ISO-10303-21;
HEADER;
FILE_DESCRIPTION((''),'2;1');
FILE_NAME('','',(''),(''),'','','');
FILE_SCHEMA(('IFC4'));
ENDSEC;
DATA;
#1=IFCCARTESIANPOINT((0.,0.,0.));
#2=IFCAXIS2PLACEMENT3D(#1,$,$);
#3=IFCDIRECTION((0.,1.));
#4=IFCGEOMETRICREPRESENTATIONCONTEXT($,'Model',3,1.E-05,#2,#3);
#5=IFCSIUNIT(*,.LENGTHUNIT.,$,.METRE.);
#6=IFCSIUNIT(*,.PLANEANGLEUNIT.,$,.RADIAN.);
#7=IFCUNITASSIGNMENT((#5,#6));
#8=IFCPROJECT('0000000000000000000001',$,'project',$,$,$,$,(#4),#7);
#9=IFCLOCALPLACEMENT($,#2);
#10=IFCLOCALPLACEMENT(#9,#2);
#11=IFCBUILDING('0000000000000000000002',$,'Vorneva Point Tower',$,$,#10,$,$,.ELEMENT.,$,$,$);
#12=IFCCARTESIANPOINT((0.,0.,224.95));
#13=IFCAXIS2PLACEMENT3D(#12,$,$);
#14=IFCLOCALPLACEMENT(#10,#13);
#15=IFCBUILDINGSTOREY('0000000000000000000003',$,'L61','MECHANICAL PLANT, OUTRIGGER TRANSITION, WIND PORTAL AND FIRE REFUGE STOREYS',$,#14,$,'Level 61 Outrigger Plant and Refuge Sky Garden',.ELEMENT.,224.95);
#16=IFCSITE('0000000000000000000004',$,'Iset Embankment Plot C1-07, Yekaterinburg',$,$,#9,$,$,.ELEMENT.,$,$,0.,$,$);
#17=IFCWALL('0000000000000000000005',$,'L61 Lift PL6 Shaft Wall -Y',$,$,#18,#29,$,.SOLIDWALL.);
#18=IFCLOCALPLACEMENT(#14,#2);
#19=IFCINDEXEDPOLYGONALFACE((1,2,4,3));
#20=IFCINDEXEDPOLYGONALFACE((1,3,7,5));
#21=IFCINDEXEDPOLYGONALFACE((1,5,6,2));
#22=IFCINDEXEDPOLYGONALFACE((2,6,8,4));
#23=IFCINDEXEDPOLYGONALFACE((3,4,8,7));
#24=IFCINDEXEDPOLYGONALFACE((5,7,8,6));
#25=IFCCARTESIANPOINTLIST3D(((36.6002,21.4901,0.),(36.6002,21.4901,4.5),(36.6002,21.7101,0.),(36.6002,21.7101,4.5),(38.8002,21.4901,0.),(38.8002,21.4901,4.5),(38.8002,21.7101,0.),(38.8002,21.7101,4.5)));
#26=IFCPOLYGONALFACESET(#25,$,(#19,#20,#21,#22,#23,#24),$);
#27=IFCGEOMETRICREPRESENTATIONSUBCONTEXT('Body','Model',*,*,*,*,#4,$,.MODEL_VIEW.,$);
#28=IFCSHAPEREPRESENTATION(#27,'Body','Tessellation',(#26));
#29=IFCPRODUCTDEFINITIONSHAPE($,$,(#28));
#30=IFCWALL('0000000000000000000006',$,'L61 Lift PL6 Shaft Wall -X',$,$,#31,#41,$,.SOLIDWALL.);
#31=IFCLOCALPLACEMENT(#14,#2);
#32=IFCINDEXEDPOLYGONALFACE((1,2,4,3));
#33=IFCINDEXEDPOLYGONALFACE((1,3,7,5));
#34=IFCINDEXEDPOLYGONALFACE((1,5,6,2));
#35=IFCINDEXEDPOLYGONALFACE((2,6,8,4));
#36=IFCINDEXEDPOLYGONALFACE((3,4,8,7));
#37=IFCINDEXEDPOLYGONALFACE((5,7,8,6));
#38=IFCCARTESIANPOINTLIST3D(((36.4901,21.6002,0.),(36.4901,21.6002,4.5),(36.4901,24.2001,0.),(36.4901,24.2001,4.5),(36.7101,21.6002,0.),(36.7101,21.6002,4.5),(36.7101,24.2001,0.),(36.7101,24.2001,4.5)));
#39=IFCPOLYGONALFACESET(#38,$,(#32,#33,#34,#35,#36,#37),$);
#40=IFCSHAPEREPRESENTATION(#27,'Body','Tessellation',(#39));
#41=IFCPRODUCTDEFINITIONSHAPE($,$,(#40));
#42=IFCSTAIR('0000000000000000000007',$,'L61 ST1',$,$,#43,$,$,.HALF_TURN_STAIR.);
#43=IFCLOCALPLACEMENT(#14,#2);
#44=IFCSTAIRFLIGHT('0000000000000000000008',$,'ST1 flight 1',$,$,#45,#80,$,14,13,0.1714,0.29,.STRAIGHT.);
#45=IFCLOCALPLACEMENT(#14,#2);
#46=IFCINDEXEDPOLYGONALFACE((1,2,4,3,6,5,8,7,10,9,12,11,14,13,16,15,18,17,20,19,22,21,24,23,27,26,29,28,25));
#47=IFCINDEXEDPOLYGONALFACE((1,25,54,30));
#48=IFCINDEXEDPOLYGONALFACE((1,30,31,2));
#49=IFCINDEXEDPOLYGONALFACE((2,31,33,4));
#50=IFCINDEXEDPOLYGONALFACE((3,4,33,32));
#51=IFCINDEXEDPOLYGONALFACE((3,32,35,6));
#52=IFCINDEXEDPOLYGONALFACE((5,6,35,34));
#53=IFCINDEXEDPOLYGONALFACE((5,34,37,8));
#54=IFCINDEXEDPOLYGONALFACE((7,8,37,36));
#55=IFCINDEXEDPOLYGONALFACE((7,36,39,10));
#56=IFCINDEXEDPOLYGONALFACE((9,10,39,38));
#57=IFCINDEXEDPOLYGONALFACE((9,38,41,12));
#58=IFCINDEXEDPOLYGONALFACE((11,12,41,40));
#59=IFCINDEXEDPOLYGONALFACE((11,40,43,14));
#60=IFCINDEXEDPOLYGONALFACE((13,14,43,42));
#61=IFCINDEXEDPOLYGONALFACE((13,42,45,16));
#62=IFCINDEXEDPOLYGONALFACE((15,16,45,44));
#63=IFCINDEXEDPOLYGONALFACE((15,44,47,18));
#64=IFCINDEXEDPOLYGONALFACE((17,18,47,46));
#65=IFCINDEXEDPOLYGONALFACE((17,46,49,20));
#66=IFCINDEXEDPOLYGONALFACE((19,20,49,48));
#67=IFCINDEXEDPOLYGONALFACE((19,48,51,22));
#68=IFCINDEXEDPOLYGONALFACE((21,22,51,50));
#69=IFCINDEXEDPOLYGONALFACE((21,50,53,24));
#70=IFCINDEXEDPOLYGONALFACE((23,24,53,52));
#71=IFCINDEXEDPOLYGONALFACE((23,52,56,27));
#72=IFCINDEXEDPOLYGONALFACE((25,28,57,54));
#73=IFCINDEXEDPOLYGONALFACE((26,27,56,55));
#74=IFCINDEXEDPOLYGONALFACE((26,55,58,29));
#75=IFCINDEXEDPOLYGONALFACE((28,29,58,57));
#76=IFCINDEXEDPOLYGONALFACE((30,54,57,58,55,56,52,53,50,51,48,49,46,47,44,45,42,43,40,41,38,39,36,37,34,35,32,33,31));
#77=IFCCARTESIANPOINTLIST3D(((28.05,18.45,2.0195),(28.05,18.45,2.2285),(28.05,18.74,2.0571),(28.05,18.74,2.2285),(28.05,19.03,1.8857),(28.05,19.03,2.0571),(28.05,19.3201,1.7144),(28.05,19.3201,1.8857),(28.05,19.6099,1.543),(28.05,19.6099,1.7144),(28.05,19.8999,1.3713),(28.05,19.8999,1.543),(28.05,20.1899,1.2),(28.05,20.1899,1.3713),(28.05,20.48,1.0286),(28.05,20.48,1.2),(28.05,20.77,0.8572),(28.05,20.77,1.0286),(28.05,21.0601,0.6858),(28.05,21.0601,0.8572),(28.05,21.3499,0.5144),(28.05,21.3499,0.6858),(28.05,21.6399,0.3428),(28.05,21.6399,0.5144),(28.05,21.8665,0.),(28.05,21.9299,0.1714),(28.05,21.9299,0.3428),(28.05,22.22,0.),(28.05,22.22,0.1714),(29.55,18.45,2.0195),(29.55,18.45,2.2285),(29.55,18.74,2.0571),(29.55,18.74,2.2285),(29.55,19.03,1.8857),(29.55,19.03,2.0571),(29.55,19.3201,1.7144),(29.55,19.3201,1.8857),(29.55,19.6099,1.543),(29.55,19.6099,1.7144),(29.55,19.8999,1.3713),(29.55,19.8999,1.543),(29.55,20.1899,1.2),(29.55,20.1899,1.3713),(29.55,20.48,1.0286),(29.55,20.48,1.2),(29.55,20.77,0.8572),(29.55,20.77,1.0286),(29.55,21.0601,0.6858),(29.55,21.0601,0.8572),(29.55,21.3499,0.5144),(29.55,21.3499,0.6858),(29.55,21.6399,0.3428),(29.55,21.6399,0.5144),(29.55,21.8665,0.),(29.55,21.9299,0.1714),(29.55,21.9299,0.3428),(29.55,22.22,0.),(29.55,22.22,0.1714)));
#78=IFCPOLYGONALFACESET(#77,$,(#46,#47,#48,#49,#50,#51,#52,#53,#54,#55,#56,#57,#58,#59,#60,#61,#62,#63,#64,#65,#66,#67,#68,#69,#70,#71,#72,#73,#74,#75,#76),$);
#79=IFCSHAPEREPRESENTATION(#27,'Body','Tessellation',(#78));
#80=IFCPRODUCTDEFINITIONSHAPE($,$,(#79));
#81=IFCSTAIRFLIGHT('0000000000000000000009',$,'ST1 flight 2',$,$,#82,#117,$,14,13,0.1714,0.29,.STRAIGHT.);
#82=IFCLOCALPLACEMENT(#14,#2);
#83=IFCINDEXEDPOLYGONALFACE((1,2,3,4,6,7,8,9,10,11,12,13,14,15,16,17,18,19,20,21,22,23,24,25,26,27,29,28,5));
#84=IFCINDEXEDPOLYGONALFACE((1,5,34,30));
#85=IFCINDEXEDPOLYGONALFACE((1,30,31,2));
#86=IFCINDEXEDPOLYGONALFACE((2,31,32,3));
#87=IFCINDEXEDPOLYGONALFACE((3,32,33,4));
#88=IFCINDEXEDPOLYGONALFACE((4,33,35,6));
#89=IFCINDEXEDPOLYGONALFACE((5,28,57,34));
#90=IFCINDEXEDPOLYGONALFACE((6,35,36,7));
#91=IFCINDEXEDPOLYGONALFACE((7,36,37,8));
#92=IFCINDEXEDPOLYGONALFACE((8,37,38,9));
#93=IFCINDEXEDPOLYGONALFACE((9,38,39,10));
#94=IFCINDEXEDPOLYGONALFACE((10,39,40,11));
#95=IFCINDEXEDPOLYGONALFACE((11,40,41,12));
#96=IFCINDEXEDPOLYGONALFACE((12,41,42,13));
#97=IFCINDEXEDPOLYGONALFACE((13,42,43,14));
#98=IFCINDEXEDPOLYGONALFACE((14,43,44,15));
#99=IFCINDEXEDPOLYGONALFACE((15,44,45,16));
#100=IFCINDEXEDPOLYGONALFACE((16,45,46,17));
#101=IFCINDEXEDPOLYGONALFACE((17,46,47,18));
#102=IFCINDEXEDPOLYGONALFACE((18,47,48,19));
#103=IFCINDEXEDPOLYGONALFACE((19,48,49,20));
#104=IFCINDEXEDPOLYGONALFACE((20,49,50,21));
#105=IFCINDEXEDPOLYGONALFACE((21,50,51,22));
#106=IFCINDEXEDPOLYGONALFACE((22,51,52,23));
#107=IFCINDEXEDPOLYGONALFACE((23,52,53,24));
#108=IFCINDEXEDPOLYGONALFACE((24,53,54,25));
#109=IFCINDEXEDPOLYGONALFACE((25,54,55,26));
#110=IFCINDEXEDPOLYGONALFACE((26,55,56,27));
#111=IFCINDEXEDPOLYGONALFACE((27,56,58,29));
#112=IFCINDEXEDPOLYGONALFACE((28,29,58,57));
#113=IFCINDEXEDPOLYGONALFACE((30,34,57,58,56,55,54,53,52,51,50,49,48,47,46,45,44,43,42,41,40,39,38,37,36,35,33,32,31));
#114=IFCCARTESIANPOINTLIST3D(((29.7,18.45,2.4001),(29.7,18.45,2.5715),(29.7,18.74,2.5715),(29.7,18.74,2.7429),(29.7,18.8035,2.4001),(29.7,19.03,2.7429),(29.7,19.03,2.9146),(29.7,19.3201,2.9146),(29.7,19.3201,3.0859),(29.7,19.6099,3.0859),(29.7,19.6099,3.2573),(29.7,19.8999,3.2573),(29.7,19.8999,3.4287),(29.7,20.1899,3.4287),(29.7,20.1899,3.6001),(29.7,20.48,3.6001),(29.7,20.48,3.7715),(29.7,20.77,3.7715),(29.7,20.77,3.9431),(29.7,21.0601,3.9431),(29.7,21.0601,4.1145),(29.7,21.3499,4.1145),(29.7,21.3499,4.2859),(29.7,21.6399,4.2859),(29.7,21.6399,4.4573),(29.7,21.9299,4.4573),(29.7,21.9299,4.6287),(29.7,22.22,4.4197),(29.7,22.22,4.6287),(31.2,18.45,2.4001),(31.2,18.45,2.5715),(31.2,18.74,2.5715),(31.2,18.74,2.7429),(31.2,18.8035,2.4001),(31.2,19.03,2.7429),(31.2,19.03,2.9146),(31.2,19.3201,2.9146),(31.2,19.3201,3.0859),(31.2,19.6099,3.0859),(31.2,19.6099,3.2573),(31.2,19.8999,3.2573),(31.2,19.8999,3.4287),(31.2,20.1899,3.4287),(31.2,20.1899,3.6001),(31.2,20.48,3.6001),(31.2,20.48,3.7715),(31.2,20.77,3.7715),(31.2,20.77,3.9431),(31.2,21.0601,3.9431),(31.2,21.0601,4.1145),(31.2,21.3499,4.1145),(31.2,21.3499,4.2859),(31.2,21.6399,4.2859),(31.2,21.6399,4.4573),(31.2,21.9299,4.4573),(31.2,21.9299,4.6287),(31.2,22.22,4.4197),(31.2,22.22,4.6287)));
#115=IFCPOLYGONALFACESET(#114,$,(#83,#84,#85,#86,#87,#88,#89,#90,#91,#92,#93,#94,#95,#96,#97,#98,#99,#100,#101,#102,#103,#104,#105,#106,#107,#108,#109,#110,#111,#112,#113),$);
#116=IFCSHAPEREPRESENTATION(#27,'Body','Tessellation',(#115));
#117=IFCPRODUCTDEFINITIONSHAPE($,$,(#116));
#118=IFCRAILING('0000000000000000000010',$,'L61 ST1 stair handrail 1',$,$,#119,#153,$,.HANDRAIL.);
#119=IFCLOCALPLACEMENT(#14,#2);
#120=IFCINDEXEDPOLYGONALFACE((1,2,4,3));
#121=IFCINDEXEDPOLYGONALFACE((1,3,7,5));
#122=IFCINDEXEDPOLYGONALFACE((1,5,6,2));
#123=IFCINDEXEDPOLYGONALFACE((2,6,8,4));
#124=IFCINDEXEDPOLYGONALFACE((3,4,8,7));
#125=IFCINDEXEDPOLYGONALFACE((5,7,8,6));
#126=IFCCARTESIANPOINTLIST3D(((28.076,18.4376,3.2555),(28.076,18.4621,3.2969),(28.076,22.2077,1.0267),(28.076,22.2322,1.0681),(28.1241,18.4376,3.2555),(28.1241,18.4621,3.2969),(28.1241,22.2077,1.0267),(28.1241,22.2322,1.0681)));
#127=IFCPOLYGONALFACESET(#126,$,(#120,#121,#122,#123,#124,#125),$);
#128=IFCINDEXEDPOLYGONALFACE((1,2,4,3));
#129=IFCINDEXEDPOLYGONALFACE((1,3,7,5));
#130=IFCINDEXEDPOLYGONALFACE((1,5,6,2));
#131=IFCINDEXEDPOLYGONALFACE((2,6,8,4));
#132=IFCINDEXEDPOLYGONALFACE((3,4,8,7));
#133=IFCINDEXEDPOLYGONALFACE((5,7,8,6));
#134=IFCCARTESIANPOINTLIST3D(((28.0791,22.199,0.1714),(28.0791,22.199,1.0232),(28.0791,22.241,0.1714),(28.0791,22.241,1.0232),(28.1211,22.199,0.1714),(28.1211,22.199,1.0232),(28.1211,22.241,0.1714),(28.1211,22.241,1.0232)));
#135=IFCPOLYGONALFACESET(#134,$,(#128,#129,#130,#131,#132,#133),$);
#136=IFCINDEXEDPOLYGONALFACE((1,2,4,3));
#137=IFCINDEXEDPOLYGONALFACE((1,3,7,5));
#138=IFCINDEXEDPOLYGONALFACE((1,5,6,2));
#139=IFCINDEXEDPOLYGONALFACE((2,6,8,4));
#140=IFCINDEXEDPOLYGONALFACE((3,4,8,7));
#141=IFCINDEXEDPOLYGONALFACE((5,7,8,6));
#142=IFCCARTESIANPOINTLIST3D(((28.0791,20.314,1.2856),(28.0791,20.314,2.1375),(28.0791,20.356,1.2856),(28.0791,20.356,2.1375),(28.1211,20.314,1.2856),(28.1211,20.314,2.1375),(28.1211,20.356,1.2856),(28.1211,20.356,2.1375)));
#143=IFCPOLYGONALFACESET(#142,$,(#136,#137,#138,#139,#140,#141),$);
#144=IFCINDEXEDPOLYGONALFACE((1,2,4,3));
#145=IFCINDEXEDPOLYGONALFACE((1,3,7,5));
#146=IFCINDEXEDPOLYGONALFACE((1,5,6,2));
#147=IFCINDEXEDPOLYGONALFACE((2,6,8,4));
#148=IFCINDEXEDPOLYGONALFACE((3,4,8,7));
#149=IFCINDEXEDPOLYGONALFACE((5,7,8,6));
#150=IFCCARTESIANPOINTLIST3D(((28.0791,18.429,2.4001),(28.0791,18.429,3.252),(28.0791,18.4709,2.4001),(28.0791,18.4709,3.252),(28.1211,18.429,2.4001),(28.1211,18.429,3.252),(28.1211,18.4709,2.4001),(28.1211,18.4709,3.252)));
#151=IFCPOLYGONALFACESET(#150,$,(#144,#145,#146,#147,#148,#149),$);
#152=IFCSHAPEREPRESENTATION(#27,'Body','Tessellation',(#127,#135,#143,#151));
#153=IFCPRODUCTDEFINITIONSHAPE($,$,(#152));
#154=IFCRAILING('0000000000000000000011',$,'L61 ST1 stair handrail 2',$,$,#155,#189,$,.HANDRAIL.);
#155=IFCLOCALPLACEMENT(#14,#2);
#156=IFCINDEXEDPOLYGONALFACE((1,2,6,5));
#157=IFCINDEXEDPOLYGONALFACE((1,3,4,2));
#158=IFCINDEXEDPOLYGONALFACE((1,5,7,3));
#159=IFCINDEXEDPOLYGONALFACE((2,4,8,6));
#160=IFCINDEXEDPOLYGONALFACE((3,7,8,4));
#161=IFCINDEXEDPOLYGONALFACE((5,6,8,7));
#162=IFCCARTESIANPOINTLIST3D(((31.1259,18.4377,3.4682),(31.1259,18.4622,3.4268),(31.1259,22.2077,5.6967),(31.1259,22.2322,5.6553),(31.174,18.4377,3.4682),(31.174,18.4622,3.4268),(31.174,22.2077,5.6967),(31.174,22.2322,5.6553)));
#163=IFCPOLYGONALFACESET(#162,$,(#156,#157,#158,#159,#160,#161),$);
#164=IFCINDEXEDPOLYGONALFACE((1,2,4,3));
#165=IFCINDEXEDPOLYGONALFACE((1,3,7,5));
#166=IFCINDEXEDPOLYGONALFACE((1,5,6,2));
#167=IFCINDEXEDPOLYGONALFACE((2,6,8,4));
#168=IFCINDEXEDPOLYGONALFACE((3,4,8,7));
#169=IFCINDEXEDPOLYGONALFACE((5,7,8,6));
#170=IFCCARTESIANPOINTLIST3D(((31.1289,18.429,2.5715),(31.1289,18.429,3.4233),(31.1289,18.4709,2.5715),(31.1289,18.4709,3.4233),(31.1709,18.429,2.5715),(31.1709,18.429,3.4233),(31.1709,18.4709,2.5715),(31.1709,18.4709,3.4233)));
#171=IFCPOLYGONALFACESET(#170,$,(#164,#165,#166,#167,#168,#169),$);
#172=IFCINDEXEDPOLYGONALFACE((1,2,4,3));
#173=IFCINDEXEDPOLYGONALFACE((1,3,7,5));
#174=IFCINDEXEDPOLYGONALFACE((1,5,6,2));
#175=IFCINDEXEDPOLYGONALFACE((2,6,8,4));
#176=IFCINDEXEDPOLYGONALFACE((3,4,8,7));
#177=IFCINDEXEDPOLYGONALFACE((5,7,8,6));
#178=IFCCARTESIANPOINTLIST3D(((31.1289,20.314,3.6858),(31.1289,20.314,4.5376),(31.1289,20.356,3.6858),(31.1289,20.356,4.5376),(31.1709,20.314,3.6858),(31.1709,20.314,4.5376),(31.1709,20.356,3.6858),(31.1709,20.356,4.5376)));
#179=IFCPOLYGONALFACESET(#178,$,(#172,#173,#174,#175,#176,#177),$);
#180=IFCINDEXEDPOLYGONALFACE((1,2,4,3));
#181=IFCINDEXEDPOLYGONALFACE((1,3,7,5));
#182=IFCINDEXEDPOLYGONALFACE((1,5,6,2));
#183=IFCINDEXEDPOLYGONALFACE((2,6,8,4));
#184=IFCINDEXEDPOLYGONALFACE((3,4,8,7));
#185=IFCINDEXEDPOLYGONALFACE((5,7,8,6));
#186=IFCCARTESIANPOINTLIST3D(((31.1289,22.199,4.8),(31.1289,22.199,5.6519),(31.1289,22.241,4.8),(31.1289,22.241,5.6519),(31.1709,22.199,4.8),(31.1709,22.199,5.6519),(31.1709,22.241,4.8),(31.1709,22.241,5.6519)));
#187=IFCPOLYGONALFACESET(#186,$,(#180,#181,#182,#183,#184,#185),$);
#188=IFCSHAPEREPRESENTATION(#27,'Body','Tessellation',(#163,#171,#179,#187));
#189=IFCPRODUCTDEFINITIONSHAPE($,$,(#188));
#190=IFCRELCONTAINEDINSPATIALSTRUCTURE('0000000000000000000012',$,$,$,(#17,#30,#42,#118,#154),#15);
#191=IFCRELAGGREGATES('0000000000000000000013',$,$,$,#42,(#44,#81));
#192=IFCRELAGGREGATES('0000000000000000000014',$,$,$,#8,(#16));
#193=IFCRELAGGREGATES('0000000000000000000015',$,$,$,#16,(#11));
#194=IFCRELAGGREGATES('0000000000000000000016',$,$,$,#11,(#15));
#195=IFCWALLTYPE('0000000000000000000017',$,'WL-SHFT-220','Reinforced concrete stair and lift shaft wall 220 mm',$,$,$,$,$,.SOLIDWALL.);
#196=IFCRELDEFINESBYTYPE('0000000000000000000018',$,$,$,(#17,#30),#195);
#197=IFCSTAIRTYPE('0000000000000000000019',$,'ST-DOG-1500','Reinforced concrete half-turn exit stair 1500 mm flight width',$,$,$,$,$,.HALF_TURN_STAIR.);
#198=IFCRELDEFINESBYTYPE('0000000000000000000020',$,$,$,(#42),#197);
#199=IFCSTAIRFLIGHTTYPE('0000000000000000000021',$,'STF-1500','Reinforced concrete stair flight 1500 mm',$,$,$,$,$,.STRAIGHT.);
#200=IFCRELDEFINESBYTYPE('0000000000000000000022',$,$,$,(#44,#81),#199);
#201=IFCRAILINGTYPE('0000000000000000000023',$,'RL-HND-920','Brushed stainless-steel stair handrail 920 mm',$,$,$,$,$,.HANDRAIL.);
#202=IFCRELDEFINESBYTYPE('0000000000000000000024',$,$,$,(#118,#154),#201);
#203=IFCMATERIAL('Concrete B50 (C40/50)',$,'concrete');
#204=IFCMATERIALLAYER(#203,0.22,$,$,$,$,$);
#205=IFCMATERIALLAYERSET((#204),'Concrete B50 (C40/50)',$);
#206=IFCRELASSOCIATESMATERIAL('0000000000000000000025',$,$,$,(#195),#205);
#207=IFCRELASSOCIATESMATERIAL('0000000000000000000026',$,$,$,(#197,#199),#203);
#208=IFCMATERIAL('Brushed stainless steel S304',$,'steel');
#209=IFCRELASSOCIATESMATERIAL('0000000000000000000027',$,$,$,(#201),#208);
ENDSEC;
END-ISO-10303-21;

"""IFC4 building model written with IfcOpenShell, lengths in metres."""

from ifc_helpers import new_model, si_unit, direction, frame, frame_2d, origin, origin_2d, place, context, subcontext, project, spatial, polyline, rectangle, outline, extrude, material, layer, layer_set, type_object, element, aggregate, save


model = new_model("IFC4")

# Units and contexts
model_context = context("Model", 3, precision=1e-05, world=origin(), true_north=direction((0.0, 1.0)))
body_context = subcontext(model_context, "Body", "Model", "MODEL_VIEW")
ifc_project = project(units=[si_unit("LENGTHUNIT", "METRE"), si_unit("PLANEANGLEUNIT", "RADIAN")], contexts=[model_context])

# Site, building, storey
site_placement = place(None, origin())
site = spatial("IfcSite", under=ifc_project, at=site_placement, Name="Iset Embankment Plot C1-07, Yekaterinburg", CompositionType="ELEMENT", RefElevation=0.0)
building_placement = place(site_placement, origin())
building = spatial("IfcBuilding", under=site, at=building_placement, Name="Vorneva Point Tower", CompositionType="ELEMENT")
storey_placement = place(building_placement, frame((0.0, 0.0, 224.95)))
storey = spatial("IfcBuildingStorey", under=building, at=storey_placement, Name="L61", Description="MECHANICAL PLANT, OUTRIGGER TRANSITION, WIND PORTAL AND FIRE REFUGE STOREYS", LongName="Level 61 Outrigger Plant and Refuge Sky Garden", CompositionType="ELEMENT", Elevation=224.95)

# Shared definitions
ifc_material_1 = material(Name="Concrete B50 (C40/50)", Category="concrete")

# Shared definitions
ifc_layer_1 = layer(ifc_material_1, 0.22)
ifc_layer_set_1 = layer_set([ifc_layer_1], Name="Concrete B50 (C40/50)")
wall_type_1 = type_object("IfcWallType", Name="WL-SHFT-220", Description="Reinforced concrete stair and lift shaft wall 220 mm", PredefinedType="SOLIDWALL", material=ifc_layer_set_1)

# Walls
wall_1_placement = place(storey_placement, frame((36.6001, 21.6001, 0.0), z_axis=(0.0, 0.0, 1.0), x_axis=(1.0, 0.0, 0.0)))
element("IfcWall", 1, at=wall_1_placement, inside=storey, type_object=wall_type_1, Name="L61 Lift PL6 Shaft Wall -Y", PredefinedType="SOLIDWALL", context=body_context, shape_type="SweptSolid", body=[
    extrude(rectangle(XDim=2.2, YDim=0.22, at=frame_2d((1.1001, 0.0))), origin(), (0.0, 0.0, 1.0), 4.5),
])
wall_2_placement = place(storey_placement, frame((36.6001, 24.2, 0.0), z_axis=(0.0, 0.0, 1.0), x_axis=(0.0, -1.0, 0.0)))
element("IfcWall", 2, at=wall_2_placement, inside=storey, type_object=wall_type_1, Name="L61 Lift PL6 Shaft Wall -X", PredefinedType="SOLIDWALL", context=body_context, shape_type="SweptSolid", body=[
    extrude(rectangle(XDim=2.5999, YDim=0.22, at=frame_2d((1.2998, 0.0))), origin(), (0.0, 0.0, 1.0), 4.5),
])

# Stair, stair flights
stair_type = type_object("IfcStairType", Name="ST-DOG-1500", Description="Reinforced concrete half-turn exit stair 1500 mm flight width", PredefinedType="HALF_TURN_STAIR", material=ifc_material_1)
stair_placement = place(storey_placement, origin())
stair = element("IfcStair", 3, at=stair_placement, inside=storey, type_object=stair_type, Name="L61 ST1", PredefinedType="HALF_TURN_STAIR")
stair_flight_type = type_object("IfcStairFlightType", Name="STF-1500", Description="Reinforced concrete stair flight 1500 mm", PredefinedType="STRAIGHT", material=ifc_material_1)
stair_flight_1_placement = place(storey_placement, frame((28.8, 22.22, 0.0), z_axis=(0.0, 0.0, 1.0), x_axis=(0.0, -1.0, 0.0)))
stair_flight_1 = element("IfcStairFlight", 4, at=stair_flight_1_placement, type_object=stair_flight_type, Name="ST1 flight 1", NumberOfRisers=14, NumberOfTreads=13, PredefinedType="STRAIGHT", RiserHeight=0.1714, TreadLength=0.29, context=body_context, shape_type="SweptSolid", body=[
    extrude(outline(polyline([(0.0, 0.0), (0.0, 0.1714), (0.29, 0.1714), (0.29, 0.3428), (0.5801, 0.3428), (0.5801, 0.5144), (0.8701, 0.5144), (0.8701, 0.6858), (1.1599, 0.6858), (1.1599, 0.8572), (1.45, 0.8572), (1.45, 1.0286), (1.74, 1.0286), (1.74, 1.2), (2.03, 1.2), (2.03, 1.3713), (2.3201, 1.3713), (2.3201, 1.543), (2.6101, 1.543), (2.6101, 1.7144), (2.8999, 1.7144), (2.8999, 1.8857), (3.1899, 1.8857), (3.1899, 2.0571), (3.48, 2.0571), (3.48, 2.2285), (3.77, 2.2285), (3.77, 2.3999), (3.77, 2.0195), (0.3535, 0.0), (0.0, 0.0)])), frame((0.0, 0.75, 0.0), z_axis=(0.0, -1.0, 0.0), x_axis=(1.0, 0.0, 0.0)), (0.0, 0.0, 1.0), 1.5),
])
stair_flight_2_placement = place(storey_placement, frame((30.45, 18.45, 2.4001), z_axis=(0.0, 0.0, 1.0), x_axis=(0.0, 1.0, 0.0)))
stair_flight_2 = element("IfcStairFlight", 5, at=stair_flight_2_placement, type_object=stair_flight_type, Name="ST1 flight 2", NumberOfRisers=14, NumberOfTreads=13, PredefinedType="STRAIGHT", RiserHeight=0.1714, TreadLength=0.29, context=body_context, shape_type="SweptSolid", body=[
    extrude(outline(polyline([(0.0, 0.0), (0.0, 0.1714), (0.29, 0.1714), (0.29, 0.3428), (0.5801, 0.3428), (0.5801, 0.5144), (0.8701, 0.5144), (0.8701, 0.6858), (1.1599, 0.6858), (1.1599, 0.8572), (1.45, 0.8572), (1.45, 1.0286), (1.74, 1.0286), (1.74, 1.2), (2.03, 1.2), (2.03, 1.3713), (2.3201, 1.3713), (2.3201, 1.543), (2.6101, 1.543), (2.6101, 1.7144), (2.8999, 1.7144), (2.8999, 1.8857), (3.1899, 1.8857), (3.1899, 2.0571), (3.48, 2.0571), (3.48, 2.2285), (3.77, 2.2285), (3.77, 2.3999), (3.77, 2.0195), (0.3535, 0.0), (0.0, 0.0)])), frame((0.0, 0.75, 0.0), z_axis=(0.0, -1.0, 0.0), x_axis=(1.0, 0.0, 0.0)), (0.0, 0.0, 1.0), 1.5),
])
aggregate(stair, [stair_flight_1, stair_flight_2])

# Railings
ifc_material_2 = material(Name="Brushed stainless steel S304", Category="steel")
railing_type_1 = type_object("IfcRailingType", Name="RL-HND-920", Description="Brushed stainless-steel stair handrail 920 mm", PredefinedType="HANDRAIL", material=ifc_material_2)
railing_1_placement = place(storey_placement, frame((28.1001, 22.22, 0.1714)))
element("IfcRailing", 6, at=railing_1_placement, inside=storey, type_object=railing_type_1, Name="L61 ST1 stair handrail 1", PredefinedType="HANDRAIL", context=body_context, shape_type="SweptSolid", body=[
    extrude(rectangle(XDim=0.0481, YDim=0.0481, at=origin_2d()), frame((0.0, 0.0, 0.876), z_axis=(0.0, -0.860824, 0.508902), x_axis=(1.0, 0.0, 0.0)), (0.0, 0.0, 1.0), 4.3796),
    extrude(rectangle(XDim=0.042, YDim=0.042, at=origin_2d()), origin(), (0.0, 0.0, 1.0), 0.8518),
    extrude(rectangle(XDim=0.042, YDim=0.042, at=origin_2d()), frame((0.0, -1.885, 1.1143)), (0.0, 0.0, 1.0), 0.8518),
    extrude(rectangle(XDim=0.042, YDim=0.042, at=origin_2d()), frame((0.0, -3.77, 2.2288)), (0.0, 0.0, 1.0), 0.8518),
])
railing_2_placement = place(storey_placement, frame((31.1499, 18.45, 2.5715)))
element("IfcRailing", 7, at=railing_2_placement, inside=storey, type_object=railing_type_1, Name="L61 ST1 stair handrail 2", PredefinedType="HANDRAIL", context=body_context, shape_type="SweptSolid", body=[
    extrude(rectangle(XDim=0.0481, YDim=0.0481, at=origin_2d()), frame((0.0, 0.0, 0.876), z_axis=(0.0, 0.860849, 0.508861), x_axis=(-1.0, 0.0, 0.0)), (0.0, 0.0, 1.0), 4.3794),
    extrude(rectangle(XDim=0.042, YDim=0.042, at=origin_2d()), origin(), (0.0, 0.0, 1.0), 0.8518),
    extrude(rectangle(XDim=0.042, YDim=0.042, at=origin_2d()), frame((0.0, 1.885, 1.1143)), (0.0, 0.0, 1.0), 0.8518),
    extrude(rectangle(XDim=0.042, YDim=0.042, at=origin_2d()), frame((0.0, 3.77, 2.2285)), (0.0, 0.0, 1.0), 0.8518),
])

save(model, "model.ifc")
